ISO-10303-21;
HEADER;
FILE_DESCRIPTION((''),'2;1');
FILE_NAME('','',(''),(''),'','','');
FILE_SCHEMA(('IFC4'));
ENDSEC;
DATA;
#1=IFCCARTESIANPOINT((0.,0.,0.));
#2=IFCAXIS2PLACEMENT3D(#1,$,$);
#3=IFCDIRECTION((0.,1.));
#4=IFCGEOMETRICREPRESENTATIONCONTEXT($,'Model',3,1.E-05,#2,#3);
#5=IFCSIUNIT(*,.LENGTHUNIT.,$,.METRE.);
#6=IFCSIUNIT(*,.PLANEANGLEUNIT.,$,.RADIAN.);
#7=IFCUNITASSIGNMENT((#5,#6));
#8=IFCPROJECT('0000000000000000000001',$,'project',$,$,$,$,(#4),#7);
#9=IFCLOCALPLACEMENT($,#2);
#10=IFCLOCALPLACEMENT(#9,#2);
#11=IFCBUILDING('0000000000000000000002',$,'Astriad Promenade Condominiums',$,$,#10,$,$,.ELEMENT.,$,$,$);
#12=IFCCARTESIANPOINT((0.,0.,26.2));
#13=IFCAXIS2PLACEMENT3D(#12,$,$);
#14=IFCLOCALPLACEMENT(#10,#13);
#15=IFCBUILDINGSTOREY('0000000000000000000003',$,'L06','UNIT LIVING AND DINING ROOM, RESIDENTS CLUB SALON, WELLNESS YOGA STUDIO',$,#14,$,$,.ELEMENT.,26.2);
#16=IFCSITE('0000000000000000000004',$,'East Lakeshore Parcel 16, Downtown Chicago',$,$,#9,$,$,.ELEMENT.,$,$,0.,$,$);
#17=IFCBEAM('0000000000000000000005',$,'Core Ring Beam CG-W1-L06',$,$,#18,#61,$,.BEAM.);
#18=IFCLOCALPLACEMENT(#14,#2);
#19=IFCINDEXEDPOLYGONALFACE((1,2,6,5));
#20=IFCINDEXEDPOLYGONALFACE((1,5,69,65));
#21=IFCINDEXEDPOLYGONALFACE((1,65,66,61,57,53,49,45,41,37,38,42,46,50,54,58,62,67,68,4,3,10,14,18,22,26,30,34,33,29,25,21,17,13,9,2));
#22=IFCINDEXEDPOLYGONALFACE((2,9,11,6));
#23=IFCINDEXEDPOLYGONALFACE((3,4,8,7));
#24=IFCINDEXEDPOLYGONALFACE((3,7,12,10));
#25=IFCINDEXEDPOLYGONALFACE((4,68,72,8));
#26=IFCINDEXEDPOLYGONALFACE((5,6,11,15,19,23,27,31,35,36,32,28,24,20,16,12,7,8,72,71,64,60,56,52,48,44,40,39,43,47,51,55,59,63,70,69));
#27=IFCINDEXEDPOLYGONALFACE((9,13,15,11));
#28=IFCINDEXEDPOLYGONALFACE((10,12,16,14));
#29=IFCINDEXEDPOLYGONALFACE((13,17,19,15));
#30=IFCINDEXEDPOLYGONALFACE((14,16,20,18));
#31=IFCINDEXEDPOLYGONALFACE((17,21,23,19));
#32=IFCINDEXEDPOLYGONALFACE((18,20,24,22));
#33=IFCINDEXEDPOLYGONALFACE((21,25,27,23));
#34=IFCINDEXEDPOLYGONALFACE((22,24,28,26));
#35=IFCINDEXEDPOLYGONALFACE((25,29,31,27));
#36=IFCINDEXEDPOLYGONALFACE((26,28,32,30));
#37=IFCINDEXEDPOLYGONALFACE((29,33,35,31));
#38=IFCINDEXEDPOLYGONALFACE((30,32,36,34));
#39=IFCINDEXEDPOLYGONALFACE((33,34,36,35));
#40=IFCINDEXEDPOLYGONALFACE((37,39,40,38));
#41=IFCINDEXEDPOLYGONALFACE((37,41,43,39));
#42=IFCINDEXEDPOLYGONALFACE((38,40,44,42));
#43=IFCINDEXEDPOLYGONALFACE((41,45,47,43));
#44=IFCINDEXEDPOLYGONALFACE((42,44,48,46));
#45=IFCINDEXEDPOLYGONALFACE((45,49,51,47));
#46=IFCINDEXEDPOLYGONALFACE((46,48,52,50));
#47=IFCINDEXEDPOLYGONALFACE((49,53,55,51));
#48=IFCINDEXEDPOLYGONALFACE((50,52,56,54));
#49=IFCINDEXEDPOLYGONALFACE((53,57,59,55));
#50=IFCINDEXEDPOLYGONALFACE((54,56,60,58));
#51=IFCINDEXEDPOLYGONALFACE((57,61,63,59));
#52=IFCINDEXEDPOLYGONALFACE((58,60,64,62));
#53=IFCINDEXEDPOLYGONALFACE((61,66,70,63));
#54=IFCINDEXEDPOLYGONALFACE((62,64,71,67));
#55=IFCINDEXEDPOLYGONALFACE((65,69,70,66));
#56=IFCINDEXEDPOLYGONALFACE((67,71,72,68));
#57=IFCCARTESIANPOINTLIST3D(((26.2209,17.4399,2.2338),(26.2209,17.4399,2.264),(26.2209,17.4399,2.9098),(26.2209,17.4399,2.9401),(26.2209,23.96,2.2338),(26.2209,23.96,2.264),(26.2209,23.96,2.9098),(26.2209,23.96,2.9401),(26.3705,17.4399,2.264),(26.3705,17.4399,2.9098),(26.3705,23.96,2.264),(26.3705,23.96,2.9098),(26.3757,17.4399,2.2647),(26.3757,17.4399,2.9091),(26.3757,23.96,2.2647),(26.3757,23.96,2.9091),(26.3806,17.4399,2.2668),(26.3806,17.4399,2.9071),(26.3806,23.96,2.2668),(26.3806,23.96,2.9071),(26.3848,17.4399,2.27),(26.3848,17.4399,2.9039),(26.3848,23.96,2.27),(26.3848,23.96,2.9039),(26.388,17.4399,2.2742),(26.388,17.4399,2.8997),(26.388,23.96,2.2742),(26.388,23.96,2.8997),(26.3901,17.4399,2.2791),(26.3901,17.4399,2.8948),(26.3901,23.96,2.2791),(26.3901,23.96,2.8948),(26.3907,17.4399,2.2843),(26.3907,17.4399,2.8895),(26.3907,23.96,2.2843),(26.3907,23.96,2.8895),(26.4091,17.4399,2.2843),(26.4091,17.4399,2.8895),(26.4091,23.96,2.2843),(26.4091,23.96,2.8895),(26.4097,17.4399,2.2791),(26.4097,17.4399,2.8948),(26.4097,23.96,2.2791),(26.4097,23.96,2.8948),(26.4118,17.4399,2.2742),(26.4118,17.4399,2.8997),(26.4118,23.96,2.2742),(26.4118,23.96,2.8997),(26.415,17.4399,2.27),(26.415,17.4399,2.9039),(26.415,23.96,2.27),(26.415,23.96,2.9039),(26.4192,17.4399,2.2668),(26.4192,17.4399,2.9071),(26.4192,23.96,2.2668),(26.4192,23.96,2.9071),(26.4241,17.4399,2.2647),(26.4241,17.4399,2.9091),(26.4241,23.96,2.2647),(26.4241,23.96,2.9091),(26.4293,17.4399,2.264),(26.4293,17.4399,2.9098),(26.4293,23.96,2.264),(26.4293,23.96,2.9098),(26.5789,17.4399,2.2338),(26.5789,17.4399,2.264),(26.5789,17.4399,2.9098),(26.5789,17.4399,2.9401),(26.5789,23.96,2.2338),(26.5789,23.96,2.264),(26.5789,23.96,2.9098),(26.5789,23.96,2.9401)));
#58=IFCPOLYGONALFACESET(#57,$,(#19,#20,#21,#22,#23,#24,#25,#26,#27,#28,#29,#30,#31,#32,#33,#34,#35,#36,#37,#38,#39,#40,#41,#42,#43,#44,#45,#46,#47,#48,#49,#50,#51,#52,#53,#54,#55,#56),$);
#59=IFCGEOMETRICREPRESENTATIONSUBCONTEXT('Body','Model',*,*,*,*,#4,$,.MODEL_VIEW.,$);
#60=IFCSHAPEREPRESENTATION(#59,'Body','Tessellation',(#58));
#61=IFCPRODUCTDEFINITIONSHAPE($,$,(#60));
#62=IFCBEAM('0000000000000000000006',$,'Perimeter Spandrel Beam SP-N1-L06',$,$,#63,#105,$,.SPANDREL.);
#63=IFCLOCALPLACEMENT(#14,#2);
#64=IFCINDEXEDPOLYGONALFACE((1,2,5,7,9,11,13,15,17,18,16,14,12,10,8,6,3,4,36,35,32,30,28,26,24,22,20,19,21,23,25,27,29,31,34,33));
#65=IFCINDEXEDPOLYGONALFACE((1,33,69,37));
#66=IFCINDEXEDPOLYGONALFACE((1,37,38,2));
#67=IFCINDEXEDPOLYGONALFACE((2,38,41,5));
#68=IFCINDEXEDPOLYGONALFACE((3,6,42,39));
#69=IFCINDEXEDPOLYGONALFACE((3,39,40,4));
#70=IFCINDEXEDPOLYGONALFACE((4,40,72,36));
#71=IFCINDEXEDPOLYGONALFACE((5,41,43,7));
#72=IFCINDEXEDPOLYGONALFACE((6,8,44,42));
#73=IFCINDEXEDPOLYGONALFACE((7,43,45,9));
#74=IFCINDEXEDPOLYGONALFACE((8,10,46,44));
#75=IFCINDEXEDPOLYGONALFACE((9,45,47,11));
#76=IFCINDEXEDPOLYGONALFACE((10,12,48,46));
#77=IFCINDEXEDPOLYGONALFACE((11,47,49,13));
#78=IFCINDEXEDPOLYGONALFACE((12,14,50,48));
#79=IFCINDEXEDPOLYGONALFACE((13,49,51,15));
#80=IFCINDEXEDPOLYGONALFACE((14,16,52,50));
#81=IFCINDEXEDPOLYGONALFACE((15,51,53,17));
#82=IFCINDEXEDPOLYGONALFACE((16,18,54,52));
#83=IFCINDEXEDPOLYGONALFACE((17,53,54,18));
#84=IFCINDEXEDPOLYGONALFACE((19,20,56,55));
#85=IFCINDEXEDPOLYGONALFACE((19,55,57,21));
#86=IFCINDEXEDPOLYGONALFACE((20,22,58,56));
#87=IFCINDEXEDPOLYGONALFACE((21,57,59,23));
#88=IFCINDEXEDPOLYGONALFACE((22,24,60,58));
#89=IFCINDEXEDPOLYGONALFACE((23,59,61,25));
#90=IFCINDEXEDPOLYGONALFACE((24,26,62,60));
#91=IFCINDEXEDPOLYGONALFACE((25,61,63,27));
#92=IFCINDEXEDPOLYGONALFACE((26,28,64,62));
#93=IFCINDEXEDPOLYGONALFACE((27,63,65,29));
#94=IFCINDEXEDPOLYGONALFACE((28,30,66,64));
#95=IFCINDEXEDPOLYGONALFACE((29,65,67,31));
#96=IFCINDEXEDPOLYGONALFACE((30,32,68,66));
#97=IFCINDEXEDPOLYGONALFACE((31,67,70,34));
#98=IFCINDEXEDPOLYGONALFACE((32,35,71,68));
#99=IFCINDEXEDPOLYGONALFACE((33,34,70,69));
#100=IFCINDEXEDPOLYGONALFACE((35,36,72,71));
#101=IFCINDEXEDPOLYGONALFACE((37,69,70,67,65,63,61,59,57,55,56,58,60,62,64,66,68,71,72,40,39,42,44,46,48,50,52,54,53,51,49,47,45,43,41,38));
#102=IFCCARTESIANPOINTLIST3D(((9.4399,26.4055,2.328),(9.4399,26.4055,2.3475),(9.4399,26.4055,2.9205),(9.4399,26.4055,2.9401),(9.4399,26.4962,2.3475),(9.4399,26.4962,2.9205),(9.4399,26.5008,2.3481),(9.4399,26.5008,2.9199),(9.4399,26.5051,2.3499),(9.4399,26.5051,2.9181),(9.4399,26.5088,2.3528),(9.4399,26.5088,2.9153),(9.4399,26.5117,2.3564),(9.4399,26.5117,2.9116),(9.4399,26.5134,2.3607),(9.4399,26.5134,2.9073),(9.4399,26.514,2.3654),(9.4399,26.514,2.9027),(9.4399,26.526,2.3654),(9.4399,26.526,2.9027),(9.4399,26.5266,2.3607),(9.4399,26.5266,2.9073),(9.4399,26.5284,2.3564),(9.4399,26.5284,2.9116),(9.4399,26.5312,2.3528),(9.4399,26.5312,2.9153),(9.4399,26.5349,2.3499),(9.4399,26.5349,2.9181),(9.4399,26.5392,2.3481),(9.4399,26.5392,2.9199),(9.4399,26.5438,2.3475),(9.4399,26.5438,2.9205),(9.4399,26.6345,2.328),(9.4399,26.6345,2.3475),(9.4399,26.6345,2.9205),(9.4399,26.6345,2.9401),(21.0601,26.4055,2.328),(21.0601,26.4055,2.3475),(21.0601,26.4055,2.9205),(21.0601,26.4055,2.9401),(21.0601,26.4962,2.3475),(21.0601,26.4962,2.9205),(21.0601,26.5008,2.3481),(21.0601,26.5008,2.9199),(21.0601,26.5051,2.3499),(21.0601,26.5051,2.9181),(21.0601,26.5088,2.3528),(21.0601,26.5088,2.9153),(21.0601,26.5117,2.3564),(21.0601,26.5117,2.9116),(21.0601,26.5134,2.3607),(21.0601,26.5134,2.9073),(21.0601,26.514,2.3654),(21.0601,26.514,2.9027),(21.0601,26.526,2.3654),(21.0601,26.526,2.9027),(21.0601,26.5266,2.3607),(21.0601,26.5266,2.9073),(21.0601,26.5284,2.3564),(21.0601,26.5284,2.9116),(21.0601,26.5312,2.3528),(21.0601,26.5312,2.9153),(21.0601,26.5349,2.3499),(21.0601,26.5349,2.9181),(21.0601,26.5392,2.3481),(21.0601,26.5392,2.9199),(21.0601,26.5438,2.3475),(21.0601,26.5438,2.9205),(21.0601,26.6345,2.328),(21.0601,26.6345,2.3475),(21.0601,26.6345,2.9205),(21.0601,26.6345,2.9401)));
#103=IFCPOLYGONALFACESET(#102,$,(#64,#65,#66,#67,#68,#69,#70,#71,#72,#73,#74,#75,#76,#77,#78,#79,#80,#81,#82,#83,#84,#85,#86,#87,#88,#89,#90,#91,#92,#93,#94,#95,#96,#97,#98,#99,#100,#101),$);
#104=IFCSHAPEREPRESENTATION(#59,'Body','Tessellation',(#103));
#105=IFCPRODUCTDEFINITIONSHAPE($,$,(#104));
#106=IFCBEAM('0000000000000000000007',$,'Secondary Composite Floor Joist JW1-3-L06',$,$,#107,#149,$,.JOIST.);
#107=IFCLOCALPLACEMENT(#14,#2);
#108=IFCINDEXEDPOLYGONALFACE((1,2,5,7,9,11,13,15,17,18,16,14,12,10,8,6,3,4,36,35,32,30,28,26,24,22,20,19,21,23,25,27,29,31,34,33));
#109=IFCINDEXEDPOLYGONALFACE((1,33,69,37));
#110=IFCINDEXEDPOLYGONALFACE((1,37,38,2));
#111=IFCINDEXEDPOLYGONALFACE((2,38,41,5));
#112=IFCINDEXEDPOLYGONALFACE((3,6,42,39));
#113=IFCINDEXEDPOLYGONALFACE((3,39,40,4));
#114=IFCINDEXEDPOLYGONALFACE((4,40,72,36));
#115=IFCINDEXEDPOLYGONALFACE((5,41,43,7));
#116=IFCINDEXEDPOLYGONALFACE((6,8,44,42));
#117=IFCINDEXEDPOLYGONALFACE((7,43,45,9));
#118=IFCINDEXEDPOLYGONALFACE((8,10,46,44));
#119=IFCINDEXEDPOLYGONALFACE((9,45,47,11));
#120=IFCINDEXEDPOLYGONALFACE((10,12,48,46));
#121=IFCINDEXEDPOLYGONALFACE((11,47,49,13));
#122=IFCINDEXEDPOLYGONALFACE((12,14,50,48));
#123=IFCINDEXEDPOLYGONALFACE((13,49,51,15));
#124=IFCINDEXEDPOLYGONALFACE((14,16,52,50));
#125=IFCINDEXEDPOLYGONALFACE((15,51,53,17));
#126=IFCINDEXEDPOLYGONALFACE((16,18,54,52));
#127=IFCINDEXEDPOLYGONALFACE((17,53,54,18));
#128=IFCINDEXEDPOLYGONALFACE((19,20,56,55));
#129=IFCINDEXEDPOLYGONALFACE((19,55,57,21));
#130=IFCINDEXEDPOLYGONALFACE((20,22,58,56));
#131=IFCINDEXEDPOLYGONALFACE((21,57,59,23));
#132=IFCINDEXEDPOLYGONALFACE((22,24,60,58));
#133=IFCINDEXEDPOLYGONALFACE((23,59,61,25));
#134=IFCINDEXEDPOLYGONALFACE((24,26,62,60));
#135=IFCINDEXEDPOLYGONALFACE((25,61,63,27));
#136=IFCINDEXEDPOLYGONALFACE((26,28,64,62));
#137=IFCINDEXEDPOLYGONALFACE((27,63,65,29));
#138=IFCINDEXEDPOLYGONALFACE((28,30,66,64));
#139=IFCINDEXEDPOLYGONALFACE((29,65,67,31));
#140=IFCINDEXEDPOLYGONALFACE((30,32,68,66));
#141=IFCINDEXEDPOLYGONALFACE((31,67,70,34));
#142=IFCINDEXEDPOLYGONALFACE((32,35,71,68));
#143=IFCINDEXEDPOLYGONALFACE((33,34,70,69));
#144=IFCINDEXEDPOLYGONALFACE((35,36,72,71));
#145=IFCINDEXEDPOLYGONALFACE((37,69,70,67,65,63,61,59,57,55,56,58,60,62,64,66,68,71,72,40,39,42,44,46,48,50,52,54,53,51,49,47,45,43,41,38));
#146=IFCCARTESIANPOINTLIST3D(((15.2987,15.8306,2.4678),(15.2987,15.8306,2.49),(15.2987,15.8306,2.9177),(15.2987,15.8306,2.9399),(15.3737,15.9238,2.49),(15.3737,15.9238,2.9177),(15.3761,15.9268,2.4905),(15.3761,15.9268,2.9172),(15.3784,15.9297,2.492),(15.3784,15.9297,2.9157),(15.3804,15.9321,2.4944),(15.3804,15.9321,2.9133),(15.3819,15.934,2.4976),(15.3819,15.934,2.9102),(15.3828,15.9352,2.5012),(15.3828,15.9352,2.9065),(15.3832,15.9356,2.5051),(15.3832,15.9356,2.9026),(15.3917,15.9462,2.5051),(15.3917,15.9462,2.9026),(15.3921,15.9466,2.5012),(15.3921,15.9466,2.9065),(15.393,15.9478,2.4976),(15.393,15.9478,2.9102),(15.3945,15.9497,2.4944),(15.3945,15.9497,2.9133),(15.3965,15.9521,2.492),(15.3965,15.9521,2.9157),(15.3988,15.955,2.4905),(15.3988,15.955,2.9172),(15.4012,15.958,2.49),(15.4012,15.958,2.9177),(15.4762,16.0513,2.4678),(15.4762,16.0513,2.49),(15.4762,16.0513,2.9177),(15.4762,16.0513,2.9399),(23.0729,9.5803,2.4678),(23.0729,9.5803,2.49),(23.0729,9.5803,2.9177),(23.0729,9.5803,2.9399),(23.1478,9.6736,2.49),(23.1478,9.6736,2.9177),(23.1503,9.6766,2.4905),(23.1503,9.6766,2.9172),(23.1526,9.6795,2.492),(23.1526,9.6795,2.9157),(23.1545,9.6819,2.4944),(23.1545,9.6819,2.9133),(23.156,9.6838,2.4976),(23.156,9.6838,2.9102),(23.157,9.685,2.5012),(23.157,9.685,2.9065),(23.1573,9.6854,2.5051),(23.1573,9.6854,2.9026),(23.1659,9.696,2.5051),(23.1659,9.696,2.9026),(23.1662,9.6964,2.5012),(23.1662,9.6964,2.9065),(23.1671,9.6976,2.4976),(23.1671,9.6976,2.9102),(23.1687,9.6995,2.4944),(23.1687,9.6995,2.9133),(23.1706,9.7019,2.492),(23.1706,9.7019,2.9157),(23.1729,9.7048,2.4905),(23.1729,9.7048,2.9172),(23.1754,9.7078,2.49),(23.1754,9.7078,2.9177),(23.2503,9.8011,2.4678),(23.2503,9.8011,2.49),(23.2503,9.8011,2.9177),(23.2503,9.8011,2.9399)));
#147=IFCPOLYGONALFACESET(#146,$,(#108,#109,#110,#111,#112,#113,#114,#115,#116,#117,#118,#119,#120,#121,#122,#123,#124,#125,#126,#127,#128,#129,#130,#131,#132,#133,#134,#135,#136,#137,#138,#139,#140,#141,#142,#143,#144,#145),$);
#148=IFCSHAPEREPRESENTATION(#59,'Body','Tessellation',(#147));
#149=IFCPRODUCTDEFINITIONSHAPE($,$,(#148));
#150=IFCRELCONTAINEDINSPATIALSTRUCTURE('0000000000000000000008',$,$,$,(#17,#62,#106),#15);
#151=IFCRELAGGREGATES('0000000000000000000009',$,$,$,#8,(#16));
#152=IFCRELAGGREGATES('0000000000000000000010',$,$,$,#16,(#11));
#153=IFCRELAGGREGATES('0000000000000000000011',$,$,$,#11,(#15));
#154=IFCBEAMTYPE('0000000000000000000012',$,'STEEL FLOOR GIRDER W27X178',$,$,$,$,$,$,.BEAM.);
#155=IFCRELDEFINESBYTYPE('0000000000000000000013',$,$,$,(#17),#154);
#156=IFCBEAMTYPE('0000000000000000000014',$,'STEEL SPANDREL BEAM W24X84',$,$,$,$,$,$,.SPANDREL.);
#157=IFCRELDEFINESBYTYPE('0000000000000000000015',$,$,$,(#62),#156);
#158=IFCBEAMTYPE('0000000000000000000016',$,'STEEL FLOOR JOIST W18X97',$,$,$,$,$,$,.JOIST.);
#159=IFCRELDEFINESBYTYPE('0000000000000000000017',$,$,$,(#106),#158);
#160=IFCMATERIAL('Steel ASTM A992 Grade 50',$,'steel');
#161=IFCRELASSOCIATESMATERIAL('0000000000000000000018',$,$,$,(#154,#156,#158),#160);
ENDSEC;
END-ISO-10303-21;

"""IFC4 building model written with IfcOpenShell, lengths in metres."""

from ifc_helpers import new_model, si_unit, direction, frame, origin, origin_2d, place, context, subcontext, project, spatial, i_section, extrude, source, transform, mapped, material, material_profile, profile_set, type_object, type_shapes, element, save


model = new_model("IFC4")

# Units and contexts
model_context = context("Model", 3, precision=1e-05, world=origin(), true_north=direction((0.0, 1.0)))
body_context = subcontext(model_context, "Body", "Model", "MODEL_VIEW")
ifc_project = project(units=[si_unit("LENGTHUNIT", "METRE"), si_unit("PLANEANGLEUNIT", "RADIAN")], contexts=[model_context])

# Site, building, storey
site_placement = place(None, origin())
site = spatial("IfcSite", under=ifc_project, at=site_placement, Name="East Lakeshore Parcel 16, Downtown Chicago", CompositionType="ELEMENT", RefElevation=0.0)
building_placement = place(site_placement, origin())
building = spatial("IfcBuilding", under=site, at=building_placement, Name="Astriad Promenade Condominiums", CompositionType="ELEMENT")
storey_placement = place(building_placement, frame((0.0, 0.0, 26.2)))
storey = spatial("IfcBuildingStorey", under=building, at=storey_placement, Name="L06", Description="UNIT LIVING AND DINING ROOM, RESIDENTS CLUB SALON, WELLNESS YOGA STUDIO", CompositionType="ELEMENT", Elevation=26.2)

# Shared definitions
ifc_material_1 = material(Name="Steel ASTM A992 Grade 50", Category="steel")

# Beams
ifc_material_profile_1 = material_profile(ifc_material_1, i_section(OverallWidth=0.3579, OverallDepth=0.7063, WebThickness=0.0183, FlangeThickness=0.0303, FilletRadius=0.0203, at=origin_2d()), Name="W27X178")
ifc_profile_set_1 = profile_set([ifc_material_profile_1], Name="Steel ASTM A992 Grade 50")
beam_type_1 = type_object("IfcBeamType", Name="STEEL FLOOR GIRDER W27X178", PredefinedType="BEAM", material=ifc_profile_set_1)
shared_shape_1 = source(origin(), body_context, "Body", "SweptSolid", [
    extrude(i_section(OverallWidth=0.3579, OverallDepth=0.7063, WebThickness=0.0183, FlangeThickness=0.0303, FilletRadius=0.0203, at=origin_2d()), origin(), (0.0, 0.0, 1.0), 6.52),
])
type_shapes(beam_type_1, [shared_shape_1])
beam_1_placement = place(storey_placement, frame((26.3999, 17.4399, 2.5869), z_axis=(0.0, 1.0, 0.0), x_axis=(-1.0, 0.0, 0.0)))
element("IfcBeam", 1, at=beam_1_placement, inside=storey, type_object=beam_type_1, Name="Core Ring Beam CG-W1-L06", PredefinedType="BEAM", context=body_context, shape_type="MappedRepresentation", body=[
    mapped(shared_shape_1, transform((0.0, 0.0, 0.0), scale=1.0)),
])
ifc_material_profile_2 = material_profile(ifc_material_1, i_section(OverallWidth=0.229, OverallDepth=0.6121, WebThickness=0.012, FlangeThickness=0.0195, FilletRadius=0.0178, at=origin_2d()), Name="W24X84")
ifc_profile_set_2 = profile_set([ifc_material_profile_2], Name="Steel ASTM A992 Grade 50")
beam_type_2 = type_object("IfcBeamType", Name="STEEL SPANDREL BEAM W24X84", PredefinedType="SPANDREL", material=ifc_profile_set_2)
shared_shape_2 = source(origin(), body_context, "Body", "SweptSolid", [
    extrude(i_section(OverallWidth=0.229, OverallDepth=0.6121, WebThickness=0.012, FlangeThickness=0.0195, FilletRadius=0.0178, at=origin_2d()), origin(), (0.0, 0.0, 1.0), 11.6201),
])
type_shapes(beam_type_2, [shared_shape_2])
beam_2_placement = place(storey_placement, frame((21.0601, 26.52, 2.634), z_axis=(-1.0, 0.0, 0.0), x_axis=(0.0, -1.0, 0.0)))
element("IfcBeam", 2, at=beam_2_placement, inside=storey, type_object=beam_type_2, Name="Perimeter Spandrel Beam SP-N1-L06", PredefinedType="SPANDREL", context=body_context, shape_type="MappedRepresentation", body=[
    mapped(shared_shape_2, transform((0.0, 0.0, 0.0), scale=1.0)),
])
ifc_material_profile_3 = material_profile(ifc_material_1, i_section(OverallWidth=0.2832, OverallDepth=0.4722, WebThickness=0.0137, FlangeThickness=0.0222, FilletRadius=0.0151, at=origin_2d()), Name="W18X97")
ifc_profile_set_3 = profile_set([ifc_material_profile_3], Name="Steel ASTM A992 Grade 50")
beam_type_3 = type_object("IfcBeamType", Name="STEEL FLOOR JOIST W18X97", PredefinedType="JOIST", material=ifc_profile_set_3)
shared_shape_3 = source(origin(), body_context, "Body", "SweptSolid", [
    extrude(i_section(OverallWidth=0.2832, OverallDepth=0.4722, WebThickness=0.0137, FlangeThickness=0.0222, FilletRadius=0.0151, at=origin_2d()), origin(), (0.0, 0.0, 1.0), 9.9751),
])
beam_3_placement = place(storey_placement, frame((15.3875, 15.9409, 2.7039), z_axis=(0.779355, -0.626583, 0.0), x_axis=(0.626583, 0.779355, 0.0)))
element("IfcBeam", 3, at=beam_3_placement, inside=storey, type_object=beam_type_3, Name="Secondary Composite Floor Joist JW1-3-L06", PredefinedType="JOIST", context=body_context, shape_type="MappedRepresentation", body=[
    mapped(shared_shape_3, transform((0.0, 0.0, 0.0), scale=1.0)),
])

save(model, "model.ifc")
